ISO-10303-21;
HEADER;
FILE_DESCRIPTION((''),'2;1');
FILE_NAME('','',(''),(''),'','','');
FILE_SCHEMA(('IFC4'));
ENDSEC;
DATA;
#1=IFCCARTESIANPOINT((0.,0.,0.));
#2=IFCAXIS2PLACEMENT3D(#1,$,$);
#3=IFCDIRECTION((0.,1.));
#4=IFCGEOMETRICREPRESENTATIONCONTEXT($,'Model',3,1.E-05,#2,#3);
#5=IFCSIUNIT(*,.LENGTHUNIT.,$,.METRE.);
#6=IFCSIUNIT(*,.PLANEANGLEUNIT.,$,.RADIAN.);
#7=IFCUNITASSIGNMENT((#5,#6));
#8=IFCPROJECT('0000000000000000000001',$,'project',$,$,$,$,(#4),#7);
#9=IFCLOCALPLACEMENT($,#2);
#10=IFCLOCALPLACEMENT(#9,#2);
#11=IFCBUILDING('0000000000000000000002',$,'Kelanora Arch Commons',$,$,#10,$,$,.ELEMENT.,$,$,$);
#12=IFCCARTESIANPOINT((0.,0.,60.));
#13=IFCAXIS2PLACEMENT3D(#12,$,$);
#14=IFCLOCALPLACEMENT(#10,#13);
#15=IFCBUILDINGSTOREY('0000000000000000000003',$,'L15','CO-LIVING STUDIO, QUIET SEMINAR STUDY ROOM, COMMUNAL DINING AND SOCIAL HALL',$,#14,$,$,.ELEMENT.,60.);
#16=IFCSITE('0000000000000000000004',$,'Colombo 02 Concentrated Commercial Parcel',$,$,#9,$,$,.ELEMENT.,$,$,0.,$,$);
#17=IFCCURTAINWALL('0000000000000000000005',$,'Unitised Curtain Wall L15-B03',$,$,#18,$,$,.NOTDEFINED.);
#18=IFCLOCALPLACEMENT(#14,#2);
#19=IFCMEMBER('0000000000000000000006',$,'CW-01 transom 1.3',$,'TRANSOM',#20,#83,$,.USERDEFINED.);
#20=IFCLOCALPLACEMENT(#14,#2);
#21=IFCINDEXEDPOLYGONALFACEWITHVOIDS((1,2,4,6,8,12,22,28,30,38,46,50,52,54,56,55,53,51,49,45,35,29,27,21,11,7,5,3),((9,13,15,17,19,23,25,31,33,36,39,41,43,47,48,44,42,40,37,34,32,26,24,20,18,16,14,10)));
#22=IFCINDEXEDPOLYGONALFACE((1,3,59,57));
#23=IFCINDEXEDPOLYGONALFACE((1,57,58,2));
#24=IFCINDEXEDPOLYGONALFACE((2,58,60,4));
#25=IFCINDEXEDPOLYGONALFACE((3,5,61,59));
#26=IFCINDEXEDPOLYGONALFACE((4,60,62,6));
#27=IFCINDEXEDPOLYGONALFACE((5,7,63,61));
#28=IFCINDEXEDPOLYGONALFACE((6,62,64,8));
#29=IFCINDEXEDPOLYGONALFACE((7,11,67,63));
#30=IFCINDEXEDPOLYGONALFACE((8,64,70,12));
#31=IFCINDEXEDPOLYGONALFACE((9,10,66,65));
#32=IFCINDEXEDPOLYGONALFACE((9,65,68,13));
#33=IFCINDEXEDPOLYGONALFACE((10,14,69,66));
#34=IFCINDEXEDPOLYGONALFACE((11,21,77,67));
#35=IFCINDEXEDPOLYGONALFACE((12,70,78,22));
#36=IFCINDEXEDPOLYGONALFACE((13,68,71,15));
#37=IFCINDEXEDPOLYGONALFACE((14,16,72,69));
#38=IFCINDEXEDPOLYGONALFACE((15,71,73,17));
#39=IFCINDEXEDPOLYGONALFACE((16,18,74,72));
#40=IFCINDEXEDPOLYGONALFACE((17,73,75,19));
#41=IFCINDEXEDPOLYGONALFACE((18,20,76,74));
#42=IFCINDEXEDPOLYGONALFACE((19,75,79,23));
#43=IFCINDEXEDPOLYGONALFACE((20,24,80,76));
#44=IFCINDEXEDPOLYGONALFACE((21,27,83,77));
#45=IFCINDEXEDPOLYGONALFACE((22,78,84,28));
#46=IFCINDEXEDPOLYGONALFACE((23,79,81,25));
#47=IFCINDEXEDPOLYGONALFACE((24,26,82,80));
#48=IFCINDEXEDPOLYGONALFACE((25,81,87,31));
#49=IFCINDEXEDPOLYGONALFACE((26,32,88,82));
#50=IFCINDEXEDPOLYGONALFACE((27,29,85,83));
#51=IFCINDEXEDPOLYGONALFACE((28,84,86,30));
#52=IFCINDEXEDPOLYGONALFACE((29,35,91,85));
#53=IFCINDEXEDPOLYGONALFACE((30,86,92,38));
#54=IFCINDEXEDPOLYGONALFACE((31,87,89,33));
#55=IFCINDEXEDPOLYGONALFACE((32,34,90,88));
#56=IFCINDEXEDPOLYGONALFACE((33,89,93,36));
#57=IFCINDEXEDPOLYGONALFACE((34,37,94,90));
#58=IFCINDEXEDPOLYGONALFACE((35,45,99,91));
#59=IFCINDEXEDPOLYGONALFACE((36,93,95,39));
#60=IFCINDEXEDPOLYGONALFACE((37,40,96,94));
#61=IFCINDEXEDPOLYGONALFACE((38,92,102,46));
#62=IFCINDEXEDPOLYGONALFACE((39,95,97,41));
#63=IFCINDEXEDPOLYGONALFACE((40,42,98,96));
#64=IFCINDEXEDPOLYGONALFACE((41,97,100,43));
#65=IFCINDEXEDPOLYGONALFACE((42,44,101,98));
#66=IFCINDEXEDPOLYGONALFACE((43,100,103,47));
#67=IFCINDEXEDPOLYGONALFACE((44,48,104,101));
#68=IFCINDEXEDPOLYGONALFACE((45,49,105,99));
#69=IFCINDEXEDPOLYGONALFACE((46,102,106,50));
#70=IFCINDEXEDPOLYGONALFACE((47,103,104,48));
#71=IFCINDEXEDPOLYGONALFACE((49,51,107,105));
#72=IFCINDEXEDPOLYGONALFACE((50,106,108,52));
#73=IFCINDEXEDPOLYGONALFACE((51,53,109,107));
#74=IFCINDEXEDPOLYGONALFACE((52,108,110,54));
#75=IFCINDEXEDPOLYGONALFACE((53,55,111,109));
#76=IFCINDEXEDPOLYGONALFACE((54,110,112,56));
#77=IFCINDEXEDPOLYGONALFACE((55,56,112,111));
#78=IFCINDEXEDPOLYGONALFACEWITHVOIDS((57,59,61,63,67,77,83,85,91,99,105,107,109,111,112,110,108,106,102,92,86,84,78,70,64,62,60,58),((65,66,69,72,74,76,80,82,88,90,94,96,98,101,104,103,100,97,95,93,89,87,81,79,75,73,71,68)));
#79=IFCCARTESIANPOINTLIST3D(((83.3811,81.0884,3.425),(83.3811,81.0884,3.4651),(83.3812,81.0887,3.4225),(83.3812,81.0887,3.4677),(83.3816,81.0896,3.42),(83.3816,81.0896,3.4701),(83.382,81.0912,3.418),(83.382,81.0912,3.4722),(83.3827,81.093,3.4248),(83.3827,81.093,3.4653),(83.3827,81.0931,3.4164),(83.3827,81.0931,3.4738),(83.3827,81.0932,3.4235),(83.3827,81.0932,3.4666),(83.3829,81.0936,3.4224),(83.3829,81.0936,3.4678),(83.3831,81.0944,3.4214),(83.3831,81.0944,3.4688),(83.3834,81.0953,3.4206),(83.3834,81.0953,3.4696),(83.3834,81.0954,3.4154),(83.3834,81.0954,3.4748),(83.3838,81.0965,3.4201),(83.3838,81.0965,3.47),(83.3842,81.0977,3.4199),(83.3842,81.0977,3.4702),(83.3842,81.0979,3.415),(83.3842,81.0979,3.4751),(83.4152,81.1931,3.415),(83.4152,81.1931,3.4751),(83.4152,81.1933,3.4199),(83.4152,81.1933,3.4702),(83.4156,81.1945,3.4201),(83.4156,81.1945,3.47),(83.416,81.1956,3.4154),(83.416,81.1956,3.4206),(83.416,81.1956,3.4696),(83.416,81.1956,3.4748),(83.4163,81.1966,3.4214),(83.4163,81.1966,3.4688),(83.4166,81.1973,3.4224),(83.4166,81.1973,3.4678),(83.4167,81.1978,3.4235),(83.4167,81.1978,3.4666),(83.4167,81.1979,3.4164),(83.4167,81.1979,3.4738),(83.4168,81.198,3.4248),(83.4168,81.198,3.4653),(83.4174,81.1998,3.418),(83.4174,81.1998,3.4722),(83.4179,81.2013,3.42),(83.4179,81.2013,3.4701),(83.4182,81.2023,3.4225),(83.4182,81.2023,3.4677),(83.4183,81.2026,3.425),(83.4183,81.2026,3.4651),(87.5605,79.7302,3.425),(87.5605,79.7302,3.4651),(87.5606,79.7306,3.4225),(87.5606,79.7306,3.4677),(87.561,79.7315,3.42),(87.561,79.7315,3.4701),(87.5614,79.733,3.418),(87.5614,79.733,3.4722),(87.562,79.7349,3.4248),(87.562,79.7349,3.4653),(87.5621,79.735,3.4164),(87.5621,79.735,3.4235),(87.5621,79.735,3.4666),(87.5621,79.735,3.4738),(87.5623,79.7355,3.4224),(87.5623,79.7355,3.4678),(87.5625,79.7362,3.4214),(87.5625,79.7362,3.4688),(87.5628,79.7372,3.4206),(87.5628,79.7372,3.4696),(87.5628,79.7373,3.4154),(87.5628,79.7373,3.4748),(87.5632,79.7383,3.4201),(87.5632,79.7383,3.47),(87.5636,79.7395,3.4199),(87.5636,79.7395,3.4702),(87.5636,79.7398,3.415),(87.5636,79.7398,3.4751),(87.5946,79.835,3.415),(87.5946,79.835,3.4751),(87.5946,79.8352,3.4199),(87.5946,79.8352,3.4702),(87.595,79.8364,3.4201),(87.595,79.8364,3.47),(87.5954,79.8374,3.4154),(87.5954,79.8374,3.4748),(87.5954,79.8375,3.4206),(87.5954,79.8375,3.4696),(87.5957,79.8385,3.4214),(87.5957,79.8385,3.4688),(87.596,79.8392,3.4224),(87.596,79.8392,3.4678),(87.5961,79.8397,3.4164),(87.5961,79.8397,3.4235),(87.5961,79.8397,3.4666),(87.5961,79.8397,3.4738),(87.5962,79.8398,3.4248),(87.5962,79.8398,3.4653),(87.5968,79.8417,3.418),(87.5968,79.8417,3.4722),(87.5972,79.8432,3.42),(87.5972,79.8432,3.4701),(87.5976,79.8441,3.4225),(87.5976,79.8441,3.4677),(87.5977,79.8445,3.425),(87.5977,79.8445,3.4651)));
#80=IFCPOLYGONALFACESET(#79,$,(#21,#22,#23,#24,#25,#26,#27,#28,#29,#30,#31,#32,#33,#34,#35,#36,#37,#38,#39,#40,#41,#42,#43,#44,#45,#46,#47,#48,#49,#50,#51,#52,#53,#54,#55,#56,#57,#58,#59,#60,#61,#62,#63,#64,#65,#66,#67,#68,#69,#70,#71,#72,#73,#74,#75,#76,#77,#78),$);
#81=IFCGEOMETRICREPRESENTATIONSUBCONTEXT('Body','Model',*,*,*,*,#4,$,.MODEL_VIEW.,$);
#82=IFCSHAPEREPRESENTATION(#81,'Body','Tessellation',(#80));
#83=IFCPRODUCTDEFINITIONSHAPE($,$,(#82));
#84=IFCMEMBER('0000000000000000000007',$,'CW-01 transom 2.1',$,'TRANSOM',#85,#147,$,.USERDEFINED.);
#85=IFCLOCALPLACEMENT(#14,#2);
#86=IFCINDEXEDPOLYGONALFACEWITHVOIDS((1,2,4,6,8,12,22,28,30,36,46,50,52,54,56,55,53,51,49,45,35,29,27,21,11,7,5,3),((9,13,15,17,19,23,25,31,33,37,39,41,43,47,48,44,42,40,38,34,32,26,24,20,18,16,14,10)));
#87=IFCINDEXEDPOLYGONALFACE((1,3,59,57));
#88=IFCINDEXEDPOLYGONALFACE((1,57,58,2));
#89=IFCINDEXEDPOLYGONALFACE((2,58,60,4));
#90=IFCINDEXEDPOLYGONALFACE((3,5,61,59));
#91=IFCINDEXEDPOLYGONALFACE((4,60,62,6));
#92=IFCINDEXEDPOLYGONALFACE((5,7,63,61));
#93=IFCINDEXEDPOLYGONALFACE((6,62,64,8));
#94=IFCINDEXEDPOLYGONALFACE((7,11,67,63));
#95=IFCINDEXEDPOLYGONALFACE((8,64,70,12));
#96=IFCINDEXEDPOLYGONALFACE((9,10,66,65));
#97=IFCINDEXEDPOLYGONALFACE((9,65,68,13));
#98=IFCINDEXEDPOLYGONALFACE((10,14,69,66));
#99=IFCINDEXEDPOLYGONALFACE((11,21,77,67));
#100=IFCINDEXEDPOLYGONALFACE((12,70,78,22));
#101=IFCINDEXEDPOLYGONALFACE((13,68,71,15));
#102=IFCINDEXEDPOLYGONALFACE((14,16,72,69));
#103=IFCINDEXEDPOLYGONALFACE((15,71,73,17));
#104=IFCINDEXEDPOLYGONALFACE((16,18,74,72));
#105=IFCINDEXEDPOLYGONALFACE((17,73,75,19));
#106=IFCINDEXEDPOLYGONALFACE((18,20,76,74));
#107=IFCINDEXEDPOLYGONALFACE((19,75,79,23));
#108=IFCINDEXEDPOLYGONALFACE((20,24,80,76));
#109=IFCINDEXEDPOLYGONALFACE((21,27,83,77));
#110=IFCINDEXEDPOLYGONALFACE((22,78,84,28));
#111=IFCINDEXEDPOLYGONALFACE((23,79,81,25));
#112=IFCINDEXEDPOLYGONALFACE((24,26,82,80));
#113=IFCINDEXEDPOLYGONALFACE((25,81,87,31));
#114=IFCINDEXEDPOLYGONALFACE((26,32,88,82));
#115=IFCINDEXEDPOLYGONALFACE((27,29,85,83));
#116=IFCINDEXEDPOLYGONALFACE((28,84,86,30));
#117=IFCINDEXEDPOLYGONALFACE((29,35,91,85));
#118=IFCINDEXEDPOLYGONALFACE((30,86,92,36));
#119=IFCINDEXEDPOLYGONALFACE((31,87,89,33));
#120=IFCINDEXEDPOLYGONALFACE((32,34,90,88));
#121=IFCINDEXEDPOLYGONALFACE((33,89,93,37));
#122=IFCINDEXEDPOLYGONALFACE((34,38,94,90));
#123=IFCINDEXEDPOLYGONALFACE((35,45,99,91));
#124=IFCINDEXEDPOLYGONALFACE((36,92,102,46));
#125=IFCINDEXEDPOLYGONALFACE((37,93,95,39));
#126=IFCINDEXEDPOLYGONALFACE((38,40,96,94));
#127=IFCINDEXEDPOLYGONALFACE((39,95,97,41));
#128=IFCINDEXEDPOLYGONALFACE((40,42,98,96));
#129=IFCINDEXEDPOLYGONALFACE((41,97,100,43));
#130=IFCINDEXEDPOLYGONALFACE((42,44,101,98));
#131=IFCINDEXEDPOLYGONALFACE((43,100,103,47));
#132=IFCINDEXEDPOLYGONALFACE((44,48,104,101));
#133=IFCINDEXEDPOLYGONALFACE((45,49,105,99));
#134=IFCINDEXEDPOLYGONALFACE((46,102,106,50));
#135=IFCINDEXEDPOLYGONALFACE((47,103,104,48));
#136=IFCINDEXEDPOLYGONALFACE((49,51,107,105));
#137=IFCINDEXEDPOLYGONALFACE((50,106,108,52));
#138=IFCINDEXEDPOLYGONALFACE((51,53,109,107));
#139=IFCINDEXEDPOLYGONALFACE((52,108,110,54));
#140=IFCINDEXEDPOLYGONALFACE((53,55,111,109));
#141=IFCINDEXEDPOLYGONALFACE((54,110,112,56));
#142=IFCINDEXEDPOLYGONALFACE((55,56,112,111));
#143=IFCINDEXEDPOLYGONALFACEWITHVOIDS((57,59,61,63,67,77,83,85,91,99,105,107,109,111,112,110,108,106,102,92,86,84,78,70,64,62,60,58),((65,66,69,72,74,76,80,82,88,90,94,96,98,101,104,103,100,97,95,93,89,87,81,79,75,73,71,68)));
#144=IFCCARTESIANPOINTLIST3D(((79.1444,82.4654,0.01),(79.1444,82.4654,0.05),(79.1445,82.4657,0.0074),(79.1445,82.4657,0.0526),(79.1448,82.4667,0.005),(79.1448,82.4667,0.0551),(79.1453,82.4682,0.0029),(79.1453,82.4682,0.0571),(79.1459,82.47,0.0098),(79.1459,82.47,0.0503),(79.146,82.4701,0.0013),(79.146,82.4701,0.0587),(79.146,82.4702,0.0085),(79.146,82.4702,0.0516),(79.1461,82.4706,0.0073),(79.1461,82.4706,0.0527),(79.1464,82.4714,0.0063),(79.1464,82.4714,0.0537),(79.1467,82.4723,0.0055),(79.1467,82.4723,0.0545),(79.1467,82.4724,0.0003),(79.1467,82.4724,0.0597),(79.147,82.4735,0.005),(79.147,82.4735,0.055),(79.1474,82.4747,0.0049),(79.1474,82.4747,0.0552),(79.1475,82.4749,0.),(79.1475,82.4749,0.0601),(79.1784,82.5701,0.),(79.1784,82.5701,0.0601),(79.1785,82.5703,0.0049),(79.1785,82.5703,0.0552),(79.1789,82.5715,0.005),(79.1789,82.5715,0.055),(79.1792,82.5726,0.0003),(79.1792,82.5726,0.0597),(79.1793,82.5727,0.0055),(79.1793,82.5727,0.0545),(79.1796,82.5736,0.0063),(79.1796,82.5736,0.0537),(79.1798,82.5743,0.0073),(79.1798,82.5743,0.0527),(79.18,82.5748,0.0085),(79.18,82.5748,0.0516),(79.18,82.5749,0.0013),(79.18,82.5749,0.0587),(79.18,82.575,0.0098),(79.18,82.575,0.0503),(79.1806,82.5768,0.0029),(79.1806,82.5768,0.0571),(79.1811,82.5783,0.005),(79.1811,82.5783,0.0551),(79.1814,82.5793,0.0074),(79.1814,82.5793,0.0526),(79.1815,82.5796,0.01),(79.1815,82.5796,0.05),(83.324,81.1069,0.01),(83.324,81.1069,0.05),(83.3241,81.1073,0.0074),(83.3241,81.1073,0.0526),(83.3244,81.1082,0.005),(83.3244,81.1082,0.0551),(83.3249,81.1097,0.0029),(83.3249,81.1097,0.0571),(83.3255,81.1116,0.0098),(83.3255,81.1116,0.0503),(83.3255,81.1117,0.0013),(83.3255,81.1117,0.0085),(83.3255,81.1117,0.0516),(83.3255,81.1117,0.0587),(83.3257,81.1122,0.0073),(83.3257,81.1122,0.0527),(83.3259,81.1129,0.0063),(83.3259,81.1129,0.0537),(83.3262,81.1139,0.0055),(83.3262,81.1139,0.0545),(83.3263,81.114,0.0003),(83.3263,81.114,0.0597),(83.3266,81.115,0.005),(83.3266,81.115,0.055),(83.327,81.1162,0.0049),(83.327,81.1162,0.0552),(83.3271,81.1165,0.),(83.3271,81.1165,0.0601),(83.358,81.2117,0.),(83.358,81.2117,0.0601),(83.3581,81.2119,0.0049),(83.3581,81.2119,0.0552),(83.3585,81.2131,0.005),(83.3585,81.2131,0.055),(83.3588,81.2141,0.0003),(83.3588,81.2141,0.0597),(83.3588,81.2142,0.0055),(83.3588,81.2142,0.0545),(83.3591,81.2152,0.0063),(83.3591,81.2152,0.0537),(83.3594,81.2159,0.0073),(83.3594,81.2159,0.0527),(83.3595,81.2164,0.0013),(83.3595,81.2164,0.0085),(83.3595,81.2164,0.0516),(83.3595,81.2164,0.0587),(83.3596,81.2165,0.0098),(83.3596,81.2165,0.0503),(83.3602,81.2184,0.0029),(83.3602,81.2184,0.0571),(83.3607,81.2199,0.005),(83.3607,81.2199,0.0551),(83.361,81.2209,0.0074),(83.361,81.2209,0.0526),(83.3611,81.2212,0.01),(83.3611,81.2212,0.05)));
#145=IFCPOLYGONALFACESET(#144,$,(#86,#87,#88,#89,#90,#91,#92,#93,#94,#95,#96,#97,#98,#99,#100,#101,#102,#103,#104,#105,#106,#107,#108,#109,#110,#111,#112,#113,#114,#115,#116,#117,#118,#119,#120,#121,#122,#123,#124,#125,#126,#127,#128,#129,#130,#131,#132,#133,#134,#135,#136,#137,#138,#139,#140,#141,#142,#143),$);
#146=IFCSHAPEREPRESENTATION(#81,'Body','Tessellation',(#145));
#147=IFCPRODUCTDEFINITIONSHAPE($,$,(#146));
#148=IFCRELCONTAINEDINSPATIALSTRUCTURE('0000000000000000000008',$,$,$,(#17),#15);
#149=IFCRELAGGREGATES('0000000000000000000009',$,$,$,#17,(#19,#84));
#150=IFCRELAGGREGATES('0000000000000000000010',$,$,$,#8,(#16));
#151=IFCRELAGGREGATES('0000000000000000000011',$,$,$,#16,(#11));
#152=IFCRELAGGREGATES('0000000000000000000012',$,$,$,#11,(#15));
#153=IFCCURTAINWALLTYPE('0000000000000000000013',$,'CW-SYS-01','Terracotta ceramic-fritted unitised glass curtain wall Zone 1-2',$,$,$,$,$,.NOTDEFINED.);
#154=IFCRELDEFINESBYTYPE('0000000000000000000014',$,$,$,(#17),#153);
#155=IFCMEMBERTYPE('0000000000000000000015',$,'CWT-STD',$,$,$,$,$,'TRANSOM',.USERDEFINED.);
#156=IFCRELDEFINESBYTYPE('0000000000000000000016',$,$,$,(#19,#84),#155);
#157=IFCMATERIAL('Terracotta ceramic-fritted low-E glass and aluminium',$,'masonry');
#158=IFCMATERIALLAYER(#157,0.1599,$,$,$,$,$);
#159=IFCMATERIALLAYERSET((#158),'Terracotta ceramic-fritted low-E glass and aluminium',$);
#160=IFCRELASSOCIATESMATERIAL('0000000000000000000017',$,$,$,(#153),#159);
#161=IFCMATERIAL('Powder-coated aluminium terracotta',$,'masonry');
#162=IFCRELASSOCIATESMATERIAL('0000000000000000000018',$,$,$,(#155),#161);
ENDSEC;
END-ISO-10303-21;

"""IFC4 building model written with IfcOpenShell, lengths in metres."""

from ifc_helpers import new_model, si_unit, direction, frame, origin, origin_2d, place, context, subcontext, project, spatial, hollow_rectangle, extrude, material, layer, layer_set, material_profile, profile_set, type_object, element, aggregate, save


model = new_model("IFC4")

# Units and contexts
model_context = context("Model", 3, precision=1e-05, world=origin(), true_north=direction((0.0, 1.0)))
body_context = subcontext(model_context, "Body", "Model", "MODEL_VIEW")
ifc_project = project(units=[si_unit("LENGTHUNIT", "METRE"), si_unit("PLANEANGLEUNIT", "RADIAN")], contexts=[model_context])

# Site, building, storey
site_placement = place(None, origin())
site = spatial("IfcSite", under=ifc_project, at=site_placement, Name="Colombo 02 Concentrated Commercial Parcel", CompositionType="ELEMENT", RefElevation=0.0)
building_placement = place(site_placement, origin())
building = spatial("IfcBuilding", under=site, at=building_placement, Name="Kelanora Arch Commons", CompositionType="ELEMENT")
storey_placement = place(building_placement, frame((0.0, 0.0, 60.0)))
storey = spatial("IfcBuildingStorey", under=building, at=storey_placement, Name="L15", Description="CO-LIVING STUDIO, QUIET SEMINAR STUDY ROOM, COMMUNAL DINING AND SOCIAL HALL", CompositionType="ELEMENT", Elevation=60.0)

# Curtain wall, members
ifc_material_1 = material(Name="Terracotta ceramic-fritted low-E glass and aluminium", Category="masonry")
ifc_layer_1 = layer(ifc_material_1, 0.1599)
ifc_layer_set_1 = layer_set([ifc_layer_1], Name="Terracotta ceramic-fritted low-E glass and aluminium")
curtain_wall_type = type_object("IfcCurtainWallType", Name="CW-SYS-01", Description="Terracotta ceramic-fritted unitised glass curtain wall Zone 1-2", PredefinedType="NOTDEFINED", material=ifc_layer_set_1)
curtain_wall_placement = place(storey_placement, origin())
curtain_wall = element("IfcCurtainWall", 1, at=curtain_wall_placement, inside=storey, type_object=curtain_wall_type, Name="Unitised Curtain Wall L15-B03", PredefinedType="NOTDEFINED")
ifc_material_2 = material(Name="Powder-coated aluminium terracotta", Category="masonry")
ifc_material_profile_1 = material_profile(ifc_material_2, hollow_rectangle(XDim=0.1201, YDim=0.0601, WallThickness=0.0049, InnerFilletRadius=0.0049, OuterFilletRadius=0.01, at=origin_2d()), Name="CWT120x60")
ifc_profile_set_1 = profile_set([ifc_material_profile_1], Name="Powder-coated aluminium terracotta")
member_type_1 = type_object("IfcMemberType", Name="CWT-STD", ElementType="TRANSOM", PredefinedType="USERDEFINED", material=ifc_profile_set_1)
member_1_placement = place(storey_placement, frame((87.5791, 79.7874, 3.4451), z_axis=(-0.951045, 0.309052, 0.0), x_axis=(-0.309052, -0.951045, 0.0)))
member_1 = element("IfcMember", 2, at=member_1_placement, type_object=member_type_1, Name="CW-01 transom 1.3", ObjectType="TRANSOM", PredefinedType="USERDEFINED", context=body_context, shape_type="SweptSolid", body=[
    extrude(hollow_rectangle(XDim=0.1201, YDim=0.0601, WallThickness=0.0049, InnerFilletRadius=0.0049, OuterFilletRadius=0.01, at=origin_2d()), origin(), (0.0, 0.0, 1.0), 4.3945),
])
member_2_placement = place(storey_placement, frame((83.3425, 81.1641, 0.03), z_axis=(-0.951029, 0.309102, 0.0), x_axis=(-0.309102, -0.951029, 0.0)))
member_2 = element("IfcMember", 3, at=member_2_placement, type_object=member_type_1, Name="CW-01 transom 2.1", ObjectType="TRANSOM", PredefinedType="USERDEFINED", context=body_context, shape_type="SweptSolid", body=[
    extrude(hollow_rectangle(XDim=0.1201, YDim=0.0601, WallThickness=0.0049, InnerFilletRadius=0.0049, OuterFilletRadius=0.01, at=origin_2d()), origin(), (0.0, 0.0, 1.0), 4.3948),
])
aggregate(curtain_wall, [member_1, member_2])

save(model, "model.ifc")
